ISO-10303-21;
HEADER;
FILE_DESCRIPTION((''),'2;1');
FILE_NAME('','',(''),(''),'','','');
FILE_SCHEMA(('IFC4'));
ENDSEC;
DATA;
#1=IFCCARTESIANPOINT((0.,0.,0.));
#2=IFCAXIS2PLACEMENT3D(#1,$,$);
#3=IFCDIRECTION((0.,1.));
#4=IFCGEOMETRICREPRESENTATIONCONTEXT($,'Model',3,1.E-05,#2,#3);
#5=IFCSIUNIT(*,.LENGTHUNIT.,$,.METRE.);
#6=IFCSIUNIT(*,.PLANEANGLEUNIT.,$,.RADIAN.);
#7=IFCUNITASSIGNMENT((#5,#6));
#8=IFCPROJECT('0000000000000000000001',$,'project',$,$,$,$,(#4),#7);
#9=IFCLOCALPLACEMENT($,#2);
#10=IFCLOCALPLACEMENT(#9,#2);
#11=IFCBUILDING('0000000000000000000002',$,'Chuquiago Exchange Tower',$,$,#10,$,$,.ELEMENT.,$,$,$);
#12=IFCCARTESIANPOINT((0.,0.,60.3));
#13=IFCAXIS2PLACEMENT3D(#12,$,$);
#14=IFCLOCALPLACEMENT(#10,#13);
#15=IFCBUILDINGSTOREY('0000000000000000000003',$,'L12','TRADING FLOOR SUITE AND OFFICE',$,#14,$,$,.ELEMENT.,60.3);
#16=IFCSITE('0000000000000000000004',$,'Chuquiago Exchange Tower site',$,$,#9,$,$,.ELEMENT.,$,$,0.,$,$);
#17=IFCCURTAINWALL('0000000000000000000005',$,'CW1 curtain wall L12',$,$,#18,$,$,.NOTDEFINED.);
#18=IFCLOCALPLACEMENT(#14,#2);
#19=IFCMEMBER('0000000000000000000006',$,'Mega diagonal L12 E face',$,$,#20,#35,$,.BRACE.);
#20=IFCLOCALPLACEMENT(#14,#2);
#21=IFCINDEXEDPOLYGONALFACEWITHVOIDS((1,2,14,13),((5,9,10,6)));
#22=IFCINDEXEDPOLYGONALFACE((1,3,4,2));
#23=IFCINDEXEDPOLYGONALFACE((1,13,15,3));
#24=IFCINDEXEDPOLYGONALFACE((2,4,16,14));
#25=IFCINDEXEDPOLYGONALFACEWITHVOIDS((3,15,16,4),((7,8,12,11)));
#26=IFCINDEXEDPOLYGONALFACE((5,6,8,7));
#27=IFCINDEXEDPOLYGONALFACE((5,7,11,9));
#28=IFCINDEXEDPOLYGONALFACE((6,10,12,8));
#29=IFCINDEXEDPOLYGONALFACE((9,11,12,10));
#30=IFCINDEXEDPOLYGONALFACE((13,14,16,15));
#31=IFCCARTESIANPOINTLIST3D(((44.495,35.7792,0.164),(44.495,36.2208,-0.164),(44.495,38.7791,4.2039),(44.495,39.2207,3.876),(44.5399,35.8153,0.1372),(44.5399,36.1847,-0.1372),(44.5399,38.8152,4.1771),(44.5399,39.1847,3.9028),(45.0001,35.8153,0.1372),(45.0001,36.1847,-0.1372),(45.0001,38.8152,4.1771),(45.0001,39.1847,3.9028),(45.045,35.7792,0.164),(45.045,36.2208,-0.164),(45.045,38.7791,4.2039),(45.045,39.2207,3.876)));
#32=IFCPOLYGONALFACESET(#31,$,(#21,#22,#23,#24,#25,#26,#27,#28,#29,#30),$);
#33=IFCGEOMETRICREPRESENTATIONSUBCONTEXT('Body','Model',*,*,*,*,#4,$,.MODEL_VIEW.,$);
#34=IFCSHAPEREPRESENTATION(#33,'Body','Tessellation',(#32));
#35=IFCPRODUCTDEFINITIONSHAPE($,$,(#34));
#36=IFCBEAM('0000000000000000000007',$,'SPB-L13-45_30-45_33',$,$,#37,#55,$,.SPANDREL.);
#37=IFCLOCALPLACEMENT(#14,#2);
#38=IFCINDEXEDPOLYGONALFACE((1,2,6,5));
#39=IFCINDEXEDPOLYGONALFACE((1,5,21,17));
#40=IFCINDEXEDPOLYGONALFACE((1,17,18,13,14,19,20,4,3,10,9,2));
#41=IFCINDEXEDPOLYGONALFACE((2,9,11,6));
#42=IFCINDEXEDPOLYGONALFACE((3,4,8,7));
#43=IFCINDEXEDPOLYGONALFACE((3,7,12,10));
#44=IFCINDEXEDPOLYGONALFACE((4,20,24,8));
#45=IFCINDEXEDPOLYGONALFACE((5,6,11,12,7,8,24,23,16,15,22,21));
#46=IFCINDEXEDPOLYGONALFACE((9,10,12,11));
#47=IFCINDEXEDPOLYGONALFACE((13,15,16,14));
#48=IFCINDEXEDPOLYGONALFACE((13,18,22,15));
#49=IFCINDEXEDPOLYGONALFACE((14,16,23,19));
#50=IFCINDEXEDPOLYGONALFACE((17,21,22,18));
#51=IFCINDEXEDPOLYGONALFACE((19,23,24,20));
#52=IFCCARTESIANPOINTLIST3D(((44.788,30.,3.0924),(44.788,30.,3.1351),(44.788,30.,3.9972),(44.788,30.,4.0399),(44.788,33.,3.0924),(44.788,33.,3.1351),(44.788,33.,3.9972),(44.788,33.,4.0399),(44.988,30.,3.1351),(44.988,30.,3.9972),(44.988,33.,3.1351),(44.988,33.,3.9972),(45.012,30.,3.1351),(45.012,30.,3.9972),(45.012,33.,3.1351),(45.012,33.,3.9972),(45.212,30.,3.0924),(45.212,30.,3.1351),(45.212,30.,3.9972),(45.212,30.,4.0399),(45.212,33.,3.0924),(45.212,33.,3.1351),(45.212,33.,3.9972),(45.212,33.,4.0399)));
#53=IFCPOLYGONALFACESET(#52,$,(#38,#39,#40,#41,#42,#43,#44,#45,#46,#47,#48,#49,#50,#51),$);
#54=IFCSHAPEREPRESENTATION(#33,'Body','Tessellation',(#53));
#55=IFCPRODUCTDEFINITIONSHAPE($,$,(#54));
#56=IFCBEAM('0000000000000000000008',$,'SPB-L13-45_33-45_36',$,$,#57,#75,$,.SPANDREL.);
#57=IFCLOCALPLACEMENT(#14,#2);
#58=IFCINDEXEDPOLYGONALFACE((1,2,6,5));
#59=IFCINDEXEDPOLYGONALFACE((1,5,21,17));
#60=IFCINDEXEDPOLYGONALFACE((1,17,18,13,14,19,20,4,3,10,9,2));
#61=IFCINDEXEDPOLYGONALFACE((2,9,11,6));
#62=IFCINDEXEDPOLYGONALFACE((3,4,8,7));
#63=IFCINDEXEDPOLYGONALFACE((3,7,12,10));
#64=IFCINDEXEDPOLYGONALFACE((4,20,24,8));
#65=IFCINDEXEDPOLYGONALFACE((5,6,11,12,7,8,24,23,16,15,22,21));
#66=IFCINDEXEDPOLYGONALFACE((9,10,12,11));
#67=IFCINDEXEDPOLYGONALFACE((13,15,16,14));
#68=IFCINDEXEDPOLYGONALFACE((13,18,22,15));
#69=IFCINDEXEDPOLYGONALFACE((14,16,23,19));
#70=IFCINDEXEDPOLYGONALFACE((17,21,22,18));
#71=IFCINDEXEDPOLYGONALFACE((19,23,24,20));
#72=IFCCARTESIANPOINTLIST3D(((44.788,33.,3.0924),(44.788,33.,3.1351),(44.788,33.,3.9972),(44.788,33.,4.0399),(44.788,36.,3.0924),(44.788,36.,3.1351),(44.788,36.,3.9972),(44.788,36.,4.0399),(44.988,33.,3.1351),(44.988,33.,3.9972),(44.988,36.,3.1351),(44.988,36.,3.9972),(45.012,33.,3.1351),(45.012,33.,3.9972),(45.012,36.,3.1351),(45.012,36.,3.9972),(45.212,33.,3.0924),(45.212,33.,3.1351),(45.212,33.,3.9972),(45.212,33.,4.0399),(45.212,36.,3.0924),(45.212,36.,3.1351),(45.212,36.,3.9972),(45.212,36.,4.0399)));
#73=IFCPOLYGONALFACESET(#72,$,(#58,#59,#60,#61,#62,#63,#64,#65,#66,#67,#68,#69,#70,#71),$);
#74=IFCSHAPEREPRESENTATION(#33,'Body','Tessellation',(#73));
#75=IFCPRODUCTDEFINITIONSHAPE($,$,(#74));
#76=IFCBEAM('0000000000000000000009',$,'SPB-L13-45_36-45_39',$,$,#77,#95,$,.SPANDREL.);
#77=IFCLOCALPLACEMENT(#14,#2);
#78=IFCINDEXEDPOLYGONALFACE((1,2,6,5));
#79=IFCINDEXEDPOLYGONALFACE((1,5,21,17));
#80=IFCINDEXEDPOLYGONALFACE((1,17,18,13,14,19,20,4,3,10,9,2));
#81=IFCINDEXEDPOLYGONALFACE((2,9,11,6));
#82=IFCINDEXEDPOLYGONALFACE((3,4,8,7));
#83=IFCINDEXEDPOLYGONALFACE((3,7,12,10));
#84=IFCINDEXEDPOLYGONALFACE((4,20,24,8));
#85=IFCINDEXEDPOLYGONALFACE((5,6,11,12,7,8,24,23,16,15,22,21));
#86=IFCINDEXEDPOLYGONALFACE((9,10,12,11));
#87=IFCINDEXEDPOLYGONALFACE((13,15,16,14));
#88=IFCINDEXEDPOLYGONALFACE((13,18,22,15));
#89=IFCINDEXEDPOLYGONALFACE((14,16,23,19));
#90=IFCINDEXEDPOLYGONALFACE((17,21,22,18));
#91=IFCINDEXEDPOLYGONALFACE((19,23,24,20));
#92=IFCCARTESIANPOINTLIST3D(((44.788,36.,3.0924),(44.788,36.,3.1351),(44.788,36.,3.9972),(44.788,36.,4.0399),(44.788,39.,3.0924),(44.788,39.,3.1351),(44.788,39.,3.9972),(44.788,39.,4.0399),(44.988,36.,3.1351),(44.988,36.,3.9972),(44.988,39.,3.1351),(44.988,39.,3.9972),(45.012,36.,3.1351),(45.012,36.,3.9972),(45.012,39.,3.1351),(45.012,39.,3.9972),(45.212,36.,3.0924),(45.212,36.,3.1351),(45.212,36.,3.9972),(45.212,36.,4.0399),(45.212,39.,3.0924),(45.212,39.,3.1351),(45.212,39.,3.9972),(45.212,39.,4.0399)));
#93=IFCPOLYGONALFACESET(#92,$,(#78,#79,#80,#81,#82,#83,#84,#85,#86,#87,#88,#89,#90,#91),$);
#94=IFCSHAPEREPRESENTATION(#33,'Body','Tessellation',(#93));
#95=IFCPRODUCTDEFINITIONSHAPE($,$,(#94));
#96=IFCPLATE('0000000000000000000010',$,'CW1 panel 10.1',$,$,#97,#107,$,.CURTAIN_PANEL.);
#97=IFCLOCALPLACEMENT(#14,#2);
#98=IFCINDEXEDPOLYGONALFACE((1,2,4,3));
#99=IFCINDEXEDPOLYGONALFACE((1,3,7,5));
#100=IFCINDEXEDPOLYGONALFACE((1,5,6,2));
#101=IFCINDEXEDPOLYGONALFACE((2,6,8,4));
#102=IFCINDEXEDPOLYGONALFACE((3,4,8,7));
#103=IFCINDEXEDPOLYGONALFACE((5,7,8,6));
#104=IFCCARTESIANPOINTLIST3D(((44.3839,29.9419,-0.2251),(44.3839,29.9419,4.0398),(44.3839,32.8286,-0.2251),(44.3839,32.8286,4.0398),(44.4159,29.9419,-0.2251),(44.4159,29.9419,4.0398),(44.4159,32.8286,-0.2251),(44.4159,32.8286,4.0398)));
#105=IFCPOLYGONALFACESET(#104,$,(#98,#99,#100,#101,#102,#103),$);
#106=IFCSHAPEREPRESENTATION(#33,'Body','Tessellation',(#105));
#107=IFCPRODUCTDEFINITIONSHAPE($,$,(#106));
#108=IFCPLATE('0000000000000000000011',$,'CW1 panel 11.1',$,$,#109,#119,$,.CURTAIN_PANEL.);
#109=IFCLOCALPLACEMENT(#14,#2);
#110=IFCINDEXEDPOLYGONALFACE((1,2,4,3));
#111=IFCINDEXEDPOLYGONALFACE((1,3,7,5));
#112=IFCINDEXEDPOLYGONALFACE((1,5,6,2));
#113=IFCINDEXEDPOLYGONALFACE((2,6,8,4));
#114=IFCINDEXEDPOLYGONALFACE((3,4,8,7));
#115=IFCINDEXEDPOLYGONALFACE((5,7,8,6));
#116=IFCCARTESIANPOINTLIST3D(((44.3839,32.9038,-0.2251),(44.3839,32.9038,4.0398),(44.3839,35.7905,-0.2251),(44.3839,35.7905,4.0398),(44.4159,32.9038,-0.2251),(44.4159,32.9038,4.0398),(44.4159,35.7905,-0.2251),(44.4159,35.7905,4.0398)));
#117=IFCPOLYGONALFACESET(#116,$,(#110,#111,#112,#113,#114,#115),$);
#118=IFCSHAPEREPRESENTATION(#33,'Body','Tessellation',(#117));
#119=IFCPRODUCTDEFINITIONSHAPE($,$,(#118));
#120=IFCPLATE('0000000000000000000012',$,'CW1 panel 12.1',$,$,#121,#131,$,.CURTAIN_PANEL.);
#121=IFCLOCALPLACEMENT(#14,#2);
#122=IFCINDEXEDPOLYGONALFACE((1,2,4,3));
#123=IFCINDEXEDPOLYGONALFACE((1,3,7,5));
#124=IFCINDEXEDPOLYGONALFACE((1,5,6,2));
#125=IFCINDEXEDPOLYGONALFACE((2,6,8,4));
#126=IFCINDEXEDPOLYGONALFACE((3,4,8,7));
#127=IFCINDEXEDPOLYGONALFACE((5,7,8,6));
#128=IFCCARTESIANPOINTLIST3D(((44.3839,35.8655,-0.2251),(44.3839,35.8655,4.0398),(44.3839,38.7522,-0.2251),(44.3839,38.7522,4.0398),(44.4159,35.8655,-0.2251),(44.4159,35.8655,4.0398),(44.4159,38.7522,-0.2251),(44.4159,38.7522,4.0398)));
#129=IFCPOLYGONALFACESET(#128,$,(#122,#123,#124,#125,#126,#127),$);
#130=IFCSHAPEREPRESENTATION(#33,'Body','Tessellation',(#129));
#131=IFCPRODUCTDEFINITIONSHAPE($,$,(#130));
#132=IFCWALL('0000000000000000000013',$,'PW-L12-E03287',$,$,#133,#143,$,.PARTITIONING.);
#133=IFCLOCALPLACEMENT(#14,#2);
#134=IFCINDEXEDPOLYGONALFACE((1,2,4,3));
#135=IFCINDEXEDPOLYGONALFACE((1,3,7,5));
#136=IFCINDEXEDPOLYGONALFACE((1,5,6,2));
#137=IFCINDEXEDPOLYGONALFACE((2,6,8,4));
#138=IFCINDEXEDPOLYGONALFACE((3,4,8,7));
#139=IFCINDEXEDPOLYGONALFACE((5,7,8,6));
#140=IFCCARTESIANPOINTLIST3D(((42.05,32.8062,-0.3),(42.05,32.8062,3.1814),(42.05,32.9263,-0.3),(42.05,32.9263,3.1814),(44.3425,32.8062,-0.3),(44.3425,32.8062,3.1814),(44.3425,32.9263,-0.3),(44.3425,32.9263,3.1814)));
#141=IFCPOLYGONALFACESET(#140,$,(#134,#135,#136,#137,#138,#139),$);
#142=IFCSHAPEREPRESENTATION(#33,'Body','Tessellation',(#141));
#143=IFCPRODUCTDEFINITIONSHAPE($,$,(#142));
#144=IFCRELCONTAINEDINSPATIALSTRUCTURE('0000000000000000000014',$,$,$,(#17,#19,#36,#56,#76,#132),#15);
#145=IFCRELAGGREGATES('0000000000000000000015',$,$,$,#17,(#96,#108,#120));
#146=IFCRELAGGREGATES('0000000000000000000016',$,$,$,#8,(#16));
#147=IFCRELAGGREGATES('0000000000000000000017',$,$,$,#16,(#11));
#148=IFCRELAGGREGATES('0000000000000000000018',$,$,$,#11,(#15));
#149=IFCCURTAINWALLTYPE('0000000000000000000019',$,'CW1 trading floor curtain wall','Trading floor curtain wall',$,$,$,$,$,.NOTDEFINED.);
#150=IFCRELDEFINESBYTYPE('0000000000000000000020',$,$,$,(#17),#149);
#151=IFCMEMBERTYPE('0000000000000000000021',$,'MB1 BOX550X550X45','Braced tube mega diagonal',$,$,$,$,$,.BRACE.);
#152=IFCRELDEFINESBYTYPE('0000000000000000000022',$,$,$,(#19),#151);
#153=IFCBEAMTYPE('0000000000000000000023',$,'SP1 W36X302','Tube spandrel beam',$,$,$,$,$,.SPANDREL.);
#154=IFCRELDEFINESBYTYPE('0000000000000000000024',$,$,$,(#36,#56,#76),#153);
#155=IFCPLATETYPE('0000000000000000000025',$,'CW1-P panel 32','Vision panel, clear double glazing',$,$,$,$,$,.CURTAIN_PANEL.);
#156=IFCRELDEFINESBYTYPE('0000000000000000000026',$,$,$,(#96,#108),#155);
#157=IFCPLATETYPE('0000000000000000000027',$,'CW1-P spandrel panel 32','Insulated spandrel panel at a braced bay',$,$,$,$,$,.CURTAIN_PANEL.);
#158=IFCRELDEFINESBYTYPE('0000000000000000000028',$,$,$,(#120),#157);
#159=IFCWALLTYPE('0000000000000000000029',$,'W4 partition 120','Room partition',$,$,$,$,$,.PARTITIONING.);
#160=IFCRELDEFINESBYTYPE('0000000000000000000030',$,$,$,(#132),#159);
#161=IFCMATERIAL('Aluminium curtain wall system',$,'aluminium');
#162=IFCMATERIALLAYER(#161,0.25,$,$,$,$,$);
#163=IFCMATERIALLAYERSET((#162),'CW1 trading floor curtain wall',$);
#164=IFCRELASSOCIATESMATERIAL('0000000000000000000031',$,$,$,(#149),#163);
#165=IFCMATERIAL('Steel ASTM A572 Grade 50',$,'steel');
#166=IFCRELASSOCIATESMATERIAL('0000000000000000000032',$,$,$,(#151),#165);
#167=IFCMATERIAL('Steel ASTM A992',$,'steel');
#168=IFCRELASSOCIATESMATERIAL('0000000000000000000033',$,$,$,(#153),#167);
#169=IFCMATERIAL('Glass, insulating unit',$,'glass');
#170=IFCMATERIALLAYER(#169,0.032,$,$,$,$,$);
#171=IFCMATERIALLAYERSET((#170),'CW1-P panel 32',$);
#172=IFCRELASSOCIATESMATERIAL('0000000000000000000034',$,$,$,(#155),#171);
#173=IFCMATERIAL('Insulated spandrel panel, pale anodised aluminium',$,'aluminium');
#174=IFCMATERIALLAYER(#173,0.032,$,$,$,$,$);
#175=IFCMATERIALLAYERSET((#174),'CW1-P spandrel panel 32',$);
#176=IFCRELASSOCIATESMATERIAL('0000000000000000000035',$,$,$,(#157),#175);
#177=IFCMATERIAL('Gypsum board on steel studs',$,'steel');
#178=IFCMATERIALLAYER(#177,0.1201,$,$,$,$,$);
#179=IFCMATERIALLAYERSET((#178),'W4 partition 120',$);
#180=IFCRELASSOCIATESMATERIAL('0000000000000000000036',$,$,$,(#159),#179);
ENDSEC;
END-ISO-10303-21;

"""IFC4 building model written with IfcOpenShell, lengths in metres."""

from ifc_helpers import new_model, si_unit, direction, frame, frame_2d, origin, origin_2d, place, context, subcontext, project, spatial, rectangle, hollow_rectangle, i_section, extrude, material, layer, layer_set, material_profile, profile_set, type_object, element, aggregate, save


model = new_model("IFC4")

# Units and contexts
model_context = context("Model", 3, precision=1e-05, world=origin(), true_north=direction((0.0, 1.0)))
body_context = subcontext(model_context, "Body", "Model", "MODEL_VIEW")
ifc_project = project(units=[si_unit("LENGTHUNIT", "METRE"), si_unit("PLANEANGLEUNIT", "RADIAN")], contexts=[model_context])

# Site, building, storey
site_placement = place(None, origin())
site = spatial("IfcSite", under=ifc_project, at=site_placement, Name="Chuquiago Exchange Tower site", CompositionType="ELEMENT", RefElevation=0.0)
building_placement = place(site_placement, origin())
building = spatial("IfcBuilding", under=site, at=building_placement, Name="Chuquiago Exchange Tower", CompositionType="ELEMENT")
storey_placement = place(building_placement, frame((0.0, 0.0, 60.3)))
storey = spatial("IfcBuildingStorey", under=building, at=storey_placement, Name="L12", Description="TRADING FLOOR SUITE AND OFFICE", CompositionType="ELEMENT", Elevation=60.3)

# Curtain wall
ifc_material_1 = material(Name="Aluminium curtain wall system", Category="aluminium")
ifc_layer_1 = layer(ifc_material_1, 0.25)
ifc_layer_set_1 = layer_set([ifc_layer_1], Name="CW1 trading floor curtain wall")
curtain_wall_type = type_object("IfcCurtainWallType", Name="CW1 trading floor curtain wall", Description="Trading floor curtain wall", PredefinedType="NOTDEFINED", material=ifc_layer_set_1)
curtain_wall_placement = place(storey_placement, origin())
curtain_wall = element("IfcCurtainWall", 1, at=curtain_wall_placement, inside=storey, type_object=curtain_wall_type, Name="CW1 curtain wall L12", PredefinedType="NOTDEFINED")

# Member
ifc_material_2 = material(Name="Steel ASTM A572 Grade 50", Category="steel")
ifc_material_profile_1 = material_profile(ifc_material_2, hollow_rectangle(XDim=0.55, YDim=0.55, WallThickness=0.0449, at=origin_2d()), Name="BOX550X550X45")
ifc_profile_set_1 = profile_set([ifc_material_profile_1], Name="Steel ASTM A572 Grade 50")
member_type_1 = type_object("IfcMemberType", Name="MB1 BOX550X550X45", Description="Braced tube mega diagonal", PredefinedType="BRACE", material=ifc_profile_set_1)
member_1_placement = place(storey_placement, frame((44.77, 36.0, 0.0), z_axis=(0.0, 0.596174, 0.802855), x_axis=(-1.0, 0.0, 0.0)))
element("IfcMember", 2, at=member_1_placement, inside=storey, type_object=member_type_1, Name="Mega diagonal L12 E face", PredefinedType="BRACE", context=body_context, shape_type="SweptSolid", body=[
    extrude(hollow_rectangle(XDim=0.55, YDim=0.55, WallThickness=0.0449, at=origin_2d()), origin(), (0.0, 0.0, 1.0), 5.032),
])

# Beams
ifc_material_3 = material(Name="Steel ASTM A992", Category="steel")
ifc_material_profile_2 = material_profile(ifc_material_3, i_section(OverallWidth=0.4241, OverallDepth=0.9475, WebThickness=0.0239, FlangeThickness=0.0427, at=origin_2d()), Name="W36X302")
ifc_profile_set_2 = profile_set([ifc_material_profile_2], Name="Steel ASTM A992")
beam_type_1 = type_object("IfcBeamType", Name="SP1 W36X302", Description="Tube spandrel beam", PredefinedType="SPANDREL", material=ifc_profile_set_2)
for number, where, z_axis, x_axis, name in (
    (3, (45.0, 30.0, 3.5662), (0.0, 1.0, 0.0), (-1.0, 0.0, 0.0), "SPB-L13-45_30-45_33"),
    (4, (45.0, 33.0, 3.5662), (0.0, 1.0, 0.0), (-1.0, 0.0, 0.0), "SPB-L13-45_33-45_36"),
    (5, (45.0, 36.0, 3.5662), (0.0, 1.0, 0.0), (-1.0, 0.0, 0.0), "SPB-L13-45_36-45_39"),
):
    element("IfcBeam", number, at=place(storey_placement, frame(where, z_axis=z_axis, x_axis=x_axis)), inside=storey, type_object=beam_type_1, Name=name, PredefinedType="SPANDREL", context=body_context, shape_type="SweptSolid", body=[
        extrude(i_section(OverallWidth=0.4241, OverallDepth=0.9475, WebThickness=0.0239, FlangeThickness=0.0427, at=origin_2d()), origin(), (0.0, 0.0, 1.0), 3.0),
    ])

# Plates
ifc_material_4 = material(Name="Glass, insulating unit", Category="glass")
ifc_layer_2 = layer(ifc_material_4, 0.032)
ifc_layer_set_2 = layer_set([ifc_layer_2], Name="CW1-P panel 32")
plate_type_1 = type_object("IfcPlateType", Name="CW1-P panel 32", Description="Vision panel, clear double glazing", PredefinedType="CURTAIN_PANEL", material=ifc_layer_set_2)
plate_1_placement = place(storey_placement, frame((44.3999, 31.3853, -0.2251), z_axis=(0.0, 0.0, 1.0), x_axis=(0.0, 1.0, 0.0)))
plate_1 = element("IfcPlate", 6, at=plate_1_placement, type_object=plate_type_1, Name="CW1 panel 10.1", PredefinedType="CURTAIN_PANEL", context=body_context, shape_type="SweptSolid", body=[
    extrude(rectangle(XDim=2.8867, YDim=0.032, at=origin_2d()), origin(), (0.0, 0.0, 1.0), 4.2649),
])
plate_2_placement = place(storey_placement, frame((44.3999, 34.3472, -0.2251), z_axis=(0.0, 0.0, 1.0), x_axis=(0.0, 1.0, 0.0)))
plate_2 = element("IfcPlate", 7, at=plate_2_placement, type_object=plate_type_1, Name="CW1 panel 11.1", PredefinedType="CURTAIN_PANEL", context=body_context, shape_type="SweptSolid", body=[
    extrude(rectangle(XDim=2.8867, YDim=0.032, at=origin_2d()), origin(), (0.0, 0.0, 1.0), 4.2649),
])
ifc_material_5 = material(Name="Insulated spandrel panel, pale anodised aluminium", Category="aluminium")
ifc_layer_3 = layer(ifc_material_5, 0.032)
ifc_layer_set_3 = layer_set([ifc_layer_3], Name="CW1-P spandrel panel 32")
plate_type_2 = type_object("IfcPlateType", Name="CW1-P spandrel panel 32", Description="Insulated spandrel panel at a braced bay", PredefinedType="CURTAIN_PANEL", material=ifc_layer_set_3)
plate_3_placement = place(storey_placement, frame((44.3999, 37.3088, -0.2251), z_axis=(0.0, 0.0, 1.0), x_axis=(0.0, 1.0, 0.0)))
plate_3 = element("IfcPlate", 8, at=plate_3_placement, type_object=plate_type_2, Name="CW1 panel 12.1", PredefinedType="CURTAIN_PANEL", context=body_context, shape_type="SweptSolid", body=[
    extrude(rectangle(XDim=2.8867, YDim=0.032, at=origin_2d()), origin(), (0.0, 0.0, 1.0), 4.2649),
])
aggregate(curtain_wall, [plate_1, plate_2, plate_3])

# Wall
ifc_material_6 = material(Name="Gypsum board on steel studs", Category="steel")
ifc_layer_4 = layer(ifc_material_6, 0.1201)
ifc_layer_set_4 = layer_set([ifc_layer_4], Name="W4 partition 120")
wall_type = type_object("IfcWallType", Name="W4 partition 120", Description="Room partition", PredefinedType="PARTITIONING", material=ifc_layer_set_4)
wall_placement = place(storey_placement, frame((44.3425, 32.8662, -0.3), z_axis=(0.0, 0.0, 1.0), x_axis=(-1.0, 0.0, 0.0)))
element("IfcWall", 9, at=wall_placement, inside=storey, type_object=wall_type, Name="PW-L12-E03287", PredefinedType="PARTITIONING", context=body_context, shape_type="SweptSolid", body=[
    extrude(rectangle(XDim=2.2925, YDim=0.1201, at=frame_2d((1.1462, 0.0))), origin(), (0.0, 0.0, 1.0), 3.4814),
])

save(model, "model.ifc")
